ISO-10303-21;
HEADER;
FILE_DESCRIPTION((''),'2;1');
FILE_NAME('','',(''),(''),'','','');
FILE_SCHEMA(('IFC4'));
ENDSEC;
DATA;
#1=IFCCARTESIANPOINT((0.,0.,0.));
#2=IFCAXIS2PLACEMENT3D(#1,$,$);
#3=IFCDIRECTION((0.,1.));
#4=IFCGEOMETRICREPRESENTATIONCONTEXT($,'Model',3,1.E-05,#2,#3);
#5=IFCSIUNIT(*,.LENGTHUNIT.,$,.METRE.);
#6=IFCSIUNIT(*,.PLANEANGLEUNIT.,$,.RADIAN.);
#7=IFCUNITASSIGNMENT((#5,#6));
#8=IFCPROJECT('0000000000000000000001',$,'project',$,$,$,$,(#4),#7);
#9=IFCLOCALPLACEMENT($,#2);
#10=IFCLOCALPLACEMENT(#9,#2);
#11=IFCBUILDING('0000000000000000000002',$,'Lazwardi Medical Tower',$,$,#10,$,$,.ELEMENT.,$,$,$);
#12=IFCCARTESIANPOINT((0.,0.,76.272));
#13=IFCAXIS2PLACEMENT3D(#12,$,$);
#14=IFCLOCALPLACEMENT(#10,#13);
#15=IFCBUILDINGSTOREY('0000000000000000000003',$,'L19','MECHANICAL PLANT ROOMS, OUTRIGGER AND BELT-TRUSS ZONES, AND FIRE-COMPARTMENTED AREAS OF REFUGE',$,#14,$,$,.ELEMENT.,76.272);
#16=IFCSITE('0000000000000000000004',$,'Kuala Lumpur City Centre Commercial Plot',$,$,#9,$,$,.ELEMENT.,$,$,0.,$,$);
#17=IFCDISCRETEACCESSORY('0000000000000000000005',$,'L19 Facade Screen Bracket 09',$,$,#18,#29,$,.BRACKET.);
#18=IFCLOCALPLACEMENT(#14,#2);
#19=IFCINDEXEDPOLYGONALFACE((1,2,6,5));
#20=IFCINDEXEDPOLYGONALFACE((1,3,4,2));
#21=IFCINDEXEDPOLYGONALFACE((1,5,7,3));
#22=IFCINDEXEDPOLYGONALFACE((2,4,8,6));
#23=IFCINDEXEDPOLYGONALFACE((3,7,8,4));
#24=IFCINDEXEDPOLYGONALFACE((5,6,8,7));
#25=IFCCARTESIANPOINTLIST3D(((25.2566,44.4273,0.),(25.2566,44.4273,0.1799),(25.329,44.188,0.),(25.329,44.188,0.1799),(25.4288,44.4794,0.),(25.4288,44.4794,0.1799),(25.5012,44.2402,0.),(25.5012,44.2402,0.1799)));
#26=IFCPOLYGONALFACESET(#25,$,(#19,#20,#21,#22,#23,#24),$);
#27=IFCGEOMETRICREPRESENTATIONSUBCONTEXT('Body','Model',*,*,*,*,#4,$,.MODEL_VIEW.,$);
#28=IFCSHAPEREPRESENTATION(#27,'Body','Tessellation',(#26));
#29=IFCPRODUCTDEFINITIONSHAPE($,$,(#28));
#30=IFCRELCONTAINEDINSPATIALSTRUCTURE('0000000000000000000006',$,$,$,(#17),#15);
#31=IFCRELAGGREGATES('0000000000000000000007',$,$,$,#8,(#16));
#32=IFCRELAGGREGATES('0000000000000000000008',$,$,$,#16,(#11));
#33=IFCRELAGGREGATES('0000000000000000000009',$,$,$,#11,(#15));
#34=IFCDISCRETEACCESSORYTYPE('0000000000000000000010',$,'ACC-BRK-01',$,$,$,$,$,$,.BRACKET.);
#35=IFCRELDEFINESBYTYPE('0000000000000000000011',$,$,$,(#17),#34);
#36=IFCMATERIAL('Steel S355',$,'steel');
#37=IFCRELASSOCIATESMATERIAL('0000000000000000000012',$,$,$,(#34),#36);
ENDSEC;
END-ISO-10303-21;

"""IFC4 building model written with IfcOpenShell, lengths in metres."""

from ifc_helpers import new_model, si_unit, direction, frame, origin, origin_2d, place, context, subcontext, project, spatial, rectangle, extrude, material, type_object, element, save


model = new_model("IFC4")

# Units and contexts
model_context = context("Model", 3, precision=1e-05, world=origin(), true_north=direction((0.0, 1.0)))
body_context = subcontext(model_context, "Body", "Model", "MODEL_VIEW")
ifc_project = project(units=[si_unit("LENGTHUNIT", "METRE"), si_unit("PLANEANGLEUNIT", "RADIAN")], contexts=[model_context])

# Site, building, storey
site_placement = place(None, origin())
site = spatial("IfcSite", under=ifc_project, at=site_placement, Name="Kuala Lumpur City Centre Commercial Plot", CompositionType="ELEMENT", RefElevation=0.0)
building_placement = place(site_placement, origin())
building = spatial("IfcBuilding", under=site, at=building_placement, Name="Lazwardi Medical Tower", CompositionType="ELEMENT")
storey_placement = place(building_placement, frame((0.0, 0.0, 76.272)))
storey = spatial("IfcBuildingStorey", under=building, at=storey_placement, Name="L19", Description="MECHANICAL PLANT ROOMS, OUTRIGGER AND BELT-TRUSS ZONES, AND FIRE-COMPARTMENTED AREAS OF REFUGE", CompositionType="ELEMENT", Elevation=76.272)

# Shared definitions
ifc_material_1 = material(Name="Steel S355", Category="steel")

# Discrete accessory
discrete_accessory_type = type_object("IfcDiscreteAccessoryType", Name="ACC-BRK-01", PredefinedType="BRACKET", material=ifc_material_1)
discrete_accessory_placement = place(storey_placement, frame((25.3789, 44.3337, 0.0), z_axis=(0.0, 0.0, 1.0), x_axis=(-0.957134, -0.289647, 0.0)))
element("IfcDiscreteAccessory", 1, at=discrete_accessory_placement, inside=storey, type_object=discrete_accessory_type, Name="L19 Facade Screen Bracket 09", PredefinedType="BRACKET", context=body_context, shape_type="SweptSolid", body=[
    extrude(rectangle(XDim=0.1799, YDim=0.25, at=origin_2d()), origin(), (0.0, 0.0, 1.0), 0.1799),
])

save(model, "model.ifc")
